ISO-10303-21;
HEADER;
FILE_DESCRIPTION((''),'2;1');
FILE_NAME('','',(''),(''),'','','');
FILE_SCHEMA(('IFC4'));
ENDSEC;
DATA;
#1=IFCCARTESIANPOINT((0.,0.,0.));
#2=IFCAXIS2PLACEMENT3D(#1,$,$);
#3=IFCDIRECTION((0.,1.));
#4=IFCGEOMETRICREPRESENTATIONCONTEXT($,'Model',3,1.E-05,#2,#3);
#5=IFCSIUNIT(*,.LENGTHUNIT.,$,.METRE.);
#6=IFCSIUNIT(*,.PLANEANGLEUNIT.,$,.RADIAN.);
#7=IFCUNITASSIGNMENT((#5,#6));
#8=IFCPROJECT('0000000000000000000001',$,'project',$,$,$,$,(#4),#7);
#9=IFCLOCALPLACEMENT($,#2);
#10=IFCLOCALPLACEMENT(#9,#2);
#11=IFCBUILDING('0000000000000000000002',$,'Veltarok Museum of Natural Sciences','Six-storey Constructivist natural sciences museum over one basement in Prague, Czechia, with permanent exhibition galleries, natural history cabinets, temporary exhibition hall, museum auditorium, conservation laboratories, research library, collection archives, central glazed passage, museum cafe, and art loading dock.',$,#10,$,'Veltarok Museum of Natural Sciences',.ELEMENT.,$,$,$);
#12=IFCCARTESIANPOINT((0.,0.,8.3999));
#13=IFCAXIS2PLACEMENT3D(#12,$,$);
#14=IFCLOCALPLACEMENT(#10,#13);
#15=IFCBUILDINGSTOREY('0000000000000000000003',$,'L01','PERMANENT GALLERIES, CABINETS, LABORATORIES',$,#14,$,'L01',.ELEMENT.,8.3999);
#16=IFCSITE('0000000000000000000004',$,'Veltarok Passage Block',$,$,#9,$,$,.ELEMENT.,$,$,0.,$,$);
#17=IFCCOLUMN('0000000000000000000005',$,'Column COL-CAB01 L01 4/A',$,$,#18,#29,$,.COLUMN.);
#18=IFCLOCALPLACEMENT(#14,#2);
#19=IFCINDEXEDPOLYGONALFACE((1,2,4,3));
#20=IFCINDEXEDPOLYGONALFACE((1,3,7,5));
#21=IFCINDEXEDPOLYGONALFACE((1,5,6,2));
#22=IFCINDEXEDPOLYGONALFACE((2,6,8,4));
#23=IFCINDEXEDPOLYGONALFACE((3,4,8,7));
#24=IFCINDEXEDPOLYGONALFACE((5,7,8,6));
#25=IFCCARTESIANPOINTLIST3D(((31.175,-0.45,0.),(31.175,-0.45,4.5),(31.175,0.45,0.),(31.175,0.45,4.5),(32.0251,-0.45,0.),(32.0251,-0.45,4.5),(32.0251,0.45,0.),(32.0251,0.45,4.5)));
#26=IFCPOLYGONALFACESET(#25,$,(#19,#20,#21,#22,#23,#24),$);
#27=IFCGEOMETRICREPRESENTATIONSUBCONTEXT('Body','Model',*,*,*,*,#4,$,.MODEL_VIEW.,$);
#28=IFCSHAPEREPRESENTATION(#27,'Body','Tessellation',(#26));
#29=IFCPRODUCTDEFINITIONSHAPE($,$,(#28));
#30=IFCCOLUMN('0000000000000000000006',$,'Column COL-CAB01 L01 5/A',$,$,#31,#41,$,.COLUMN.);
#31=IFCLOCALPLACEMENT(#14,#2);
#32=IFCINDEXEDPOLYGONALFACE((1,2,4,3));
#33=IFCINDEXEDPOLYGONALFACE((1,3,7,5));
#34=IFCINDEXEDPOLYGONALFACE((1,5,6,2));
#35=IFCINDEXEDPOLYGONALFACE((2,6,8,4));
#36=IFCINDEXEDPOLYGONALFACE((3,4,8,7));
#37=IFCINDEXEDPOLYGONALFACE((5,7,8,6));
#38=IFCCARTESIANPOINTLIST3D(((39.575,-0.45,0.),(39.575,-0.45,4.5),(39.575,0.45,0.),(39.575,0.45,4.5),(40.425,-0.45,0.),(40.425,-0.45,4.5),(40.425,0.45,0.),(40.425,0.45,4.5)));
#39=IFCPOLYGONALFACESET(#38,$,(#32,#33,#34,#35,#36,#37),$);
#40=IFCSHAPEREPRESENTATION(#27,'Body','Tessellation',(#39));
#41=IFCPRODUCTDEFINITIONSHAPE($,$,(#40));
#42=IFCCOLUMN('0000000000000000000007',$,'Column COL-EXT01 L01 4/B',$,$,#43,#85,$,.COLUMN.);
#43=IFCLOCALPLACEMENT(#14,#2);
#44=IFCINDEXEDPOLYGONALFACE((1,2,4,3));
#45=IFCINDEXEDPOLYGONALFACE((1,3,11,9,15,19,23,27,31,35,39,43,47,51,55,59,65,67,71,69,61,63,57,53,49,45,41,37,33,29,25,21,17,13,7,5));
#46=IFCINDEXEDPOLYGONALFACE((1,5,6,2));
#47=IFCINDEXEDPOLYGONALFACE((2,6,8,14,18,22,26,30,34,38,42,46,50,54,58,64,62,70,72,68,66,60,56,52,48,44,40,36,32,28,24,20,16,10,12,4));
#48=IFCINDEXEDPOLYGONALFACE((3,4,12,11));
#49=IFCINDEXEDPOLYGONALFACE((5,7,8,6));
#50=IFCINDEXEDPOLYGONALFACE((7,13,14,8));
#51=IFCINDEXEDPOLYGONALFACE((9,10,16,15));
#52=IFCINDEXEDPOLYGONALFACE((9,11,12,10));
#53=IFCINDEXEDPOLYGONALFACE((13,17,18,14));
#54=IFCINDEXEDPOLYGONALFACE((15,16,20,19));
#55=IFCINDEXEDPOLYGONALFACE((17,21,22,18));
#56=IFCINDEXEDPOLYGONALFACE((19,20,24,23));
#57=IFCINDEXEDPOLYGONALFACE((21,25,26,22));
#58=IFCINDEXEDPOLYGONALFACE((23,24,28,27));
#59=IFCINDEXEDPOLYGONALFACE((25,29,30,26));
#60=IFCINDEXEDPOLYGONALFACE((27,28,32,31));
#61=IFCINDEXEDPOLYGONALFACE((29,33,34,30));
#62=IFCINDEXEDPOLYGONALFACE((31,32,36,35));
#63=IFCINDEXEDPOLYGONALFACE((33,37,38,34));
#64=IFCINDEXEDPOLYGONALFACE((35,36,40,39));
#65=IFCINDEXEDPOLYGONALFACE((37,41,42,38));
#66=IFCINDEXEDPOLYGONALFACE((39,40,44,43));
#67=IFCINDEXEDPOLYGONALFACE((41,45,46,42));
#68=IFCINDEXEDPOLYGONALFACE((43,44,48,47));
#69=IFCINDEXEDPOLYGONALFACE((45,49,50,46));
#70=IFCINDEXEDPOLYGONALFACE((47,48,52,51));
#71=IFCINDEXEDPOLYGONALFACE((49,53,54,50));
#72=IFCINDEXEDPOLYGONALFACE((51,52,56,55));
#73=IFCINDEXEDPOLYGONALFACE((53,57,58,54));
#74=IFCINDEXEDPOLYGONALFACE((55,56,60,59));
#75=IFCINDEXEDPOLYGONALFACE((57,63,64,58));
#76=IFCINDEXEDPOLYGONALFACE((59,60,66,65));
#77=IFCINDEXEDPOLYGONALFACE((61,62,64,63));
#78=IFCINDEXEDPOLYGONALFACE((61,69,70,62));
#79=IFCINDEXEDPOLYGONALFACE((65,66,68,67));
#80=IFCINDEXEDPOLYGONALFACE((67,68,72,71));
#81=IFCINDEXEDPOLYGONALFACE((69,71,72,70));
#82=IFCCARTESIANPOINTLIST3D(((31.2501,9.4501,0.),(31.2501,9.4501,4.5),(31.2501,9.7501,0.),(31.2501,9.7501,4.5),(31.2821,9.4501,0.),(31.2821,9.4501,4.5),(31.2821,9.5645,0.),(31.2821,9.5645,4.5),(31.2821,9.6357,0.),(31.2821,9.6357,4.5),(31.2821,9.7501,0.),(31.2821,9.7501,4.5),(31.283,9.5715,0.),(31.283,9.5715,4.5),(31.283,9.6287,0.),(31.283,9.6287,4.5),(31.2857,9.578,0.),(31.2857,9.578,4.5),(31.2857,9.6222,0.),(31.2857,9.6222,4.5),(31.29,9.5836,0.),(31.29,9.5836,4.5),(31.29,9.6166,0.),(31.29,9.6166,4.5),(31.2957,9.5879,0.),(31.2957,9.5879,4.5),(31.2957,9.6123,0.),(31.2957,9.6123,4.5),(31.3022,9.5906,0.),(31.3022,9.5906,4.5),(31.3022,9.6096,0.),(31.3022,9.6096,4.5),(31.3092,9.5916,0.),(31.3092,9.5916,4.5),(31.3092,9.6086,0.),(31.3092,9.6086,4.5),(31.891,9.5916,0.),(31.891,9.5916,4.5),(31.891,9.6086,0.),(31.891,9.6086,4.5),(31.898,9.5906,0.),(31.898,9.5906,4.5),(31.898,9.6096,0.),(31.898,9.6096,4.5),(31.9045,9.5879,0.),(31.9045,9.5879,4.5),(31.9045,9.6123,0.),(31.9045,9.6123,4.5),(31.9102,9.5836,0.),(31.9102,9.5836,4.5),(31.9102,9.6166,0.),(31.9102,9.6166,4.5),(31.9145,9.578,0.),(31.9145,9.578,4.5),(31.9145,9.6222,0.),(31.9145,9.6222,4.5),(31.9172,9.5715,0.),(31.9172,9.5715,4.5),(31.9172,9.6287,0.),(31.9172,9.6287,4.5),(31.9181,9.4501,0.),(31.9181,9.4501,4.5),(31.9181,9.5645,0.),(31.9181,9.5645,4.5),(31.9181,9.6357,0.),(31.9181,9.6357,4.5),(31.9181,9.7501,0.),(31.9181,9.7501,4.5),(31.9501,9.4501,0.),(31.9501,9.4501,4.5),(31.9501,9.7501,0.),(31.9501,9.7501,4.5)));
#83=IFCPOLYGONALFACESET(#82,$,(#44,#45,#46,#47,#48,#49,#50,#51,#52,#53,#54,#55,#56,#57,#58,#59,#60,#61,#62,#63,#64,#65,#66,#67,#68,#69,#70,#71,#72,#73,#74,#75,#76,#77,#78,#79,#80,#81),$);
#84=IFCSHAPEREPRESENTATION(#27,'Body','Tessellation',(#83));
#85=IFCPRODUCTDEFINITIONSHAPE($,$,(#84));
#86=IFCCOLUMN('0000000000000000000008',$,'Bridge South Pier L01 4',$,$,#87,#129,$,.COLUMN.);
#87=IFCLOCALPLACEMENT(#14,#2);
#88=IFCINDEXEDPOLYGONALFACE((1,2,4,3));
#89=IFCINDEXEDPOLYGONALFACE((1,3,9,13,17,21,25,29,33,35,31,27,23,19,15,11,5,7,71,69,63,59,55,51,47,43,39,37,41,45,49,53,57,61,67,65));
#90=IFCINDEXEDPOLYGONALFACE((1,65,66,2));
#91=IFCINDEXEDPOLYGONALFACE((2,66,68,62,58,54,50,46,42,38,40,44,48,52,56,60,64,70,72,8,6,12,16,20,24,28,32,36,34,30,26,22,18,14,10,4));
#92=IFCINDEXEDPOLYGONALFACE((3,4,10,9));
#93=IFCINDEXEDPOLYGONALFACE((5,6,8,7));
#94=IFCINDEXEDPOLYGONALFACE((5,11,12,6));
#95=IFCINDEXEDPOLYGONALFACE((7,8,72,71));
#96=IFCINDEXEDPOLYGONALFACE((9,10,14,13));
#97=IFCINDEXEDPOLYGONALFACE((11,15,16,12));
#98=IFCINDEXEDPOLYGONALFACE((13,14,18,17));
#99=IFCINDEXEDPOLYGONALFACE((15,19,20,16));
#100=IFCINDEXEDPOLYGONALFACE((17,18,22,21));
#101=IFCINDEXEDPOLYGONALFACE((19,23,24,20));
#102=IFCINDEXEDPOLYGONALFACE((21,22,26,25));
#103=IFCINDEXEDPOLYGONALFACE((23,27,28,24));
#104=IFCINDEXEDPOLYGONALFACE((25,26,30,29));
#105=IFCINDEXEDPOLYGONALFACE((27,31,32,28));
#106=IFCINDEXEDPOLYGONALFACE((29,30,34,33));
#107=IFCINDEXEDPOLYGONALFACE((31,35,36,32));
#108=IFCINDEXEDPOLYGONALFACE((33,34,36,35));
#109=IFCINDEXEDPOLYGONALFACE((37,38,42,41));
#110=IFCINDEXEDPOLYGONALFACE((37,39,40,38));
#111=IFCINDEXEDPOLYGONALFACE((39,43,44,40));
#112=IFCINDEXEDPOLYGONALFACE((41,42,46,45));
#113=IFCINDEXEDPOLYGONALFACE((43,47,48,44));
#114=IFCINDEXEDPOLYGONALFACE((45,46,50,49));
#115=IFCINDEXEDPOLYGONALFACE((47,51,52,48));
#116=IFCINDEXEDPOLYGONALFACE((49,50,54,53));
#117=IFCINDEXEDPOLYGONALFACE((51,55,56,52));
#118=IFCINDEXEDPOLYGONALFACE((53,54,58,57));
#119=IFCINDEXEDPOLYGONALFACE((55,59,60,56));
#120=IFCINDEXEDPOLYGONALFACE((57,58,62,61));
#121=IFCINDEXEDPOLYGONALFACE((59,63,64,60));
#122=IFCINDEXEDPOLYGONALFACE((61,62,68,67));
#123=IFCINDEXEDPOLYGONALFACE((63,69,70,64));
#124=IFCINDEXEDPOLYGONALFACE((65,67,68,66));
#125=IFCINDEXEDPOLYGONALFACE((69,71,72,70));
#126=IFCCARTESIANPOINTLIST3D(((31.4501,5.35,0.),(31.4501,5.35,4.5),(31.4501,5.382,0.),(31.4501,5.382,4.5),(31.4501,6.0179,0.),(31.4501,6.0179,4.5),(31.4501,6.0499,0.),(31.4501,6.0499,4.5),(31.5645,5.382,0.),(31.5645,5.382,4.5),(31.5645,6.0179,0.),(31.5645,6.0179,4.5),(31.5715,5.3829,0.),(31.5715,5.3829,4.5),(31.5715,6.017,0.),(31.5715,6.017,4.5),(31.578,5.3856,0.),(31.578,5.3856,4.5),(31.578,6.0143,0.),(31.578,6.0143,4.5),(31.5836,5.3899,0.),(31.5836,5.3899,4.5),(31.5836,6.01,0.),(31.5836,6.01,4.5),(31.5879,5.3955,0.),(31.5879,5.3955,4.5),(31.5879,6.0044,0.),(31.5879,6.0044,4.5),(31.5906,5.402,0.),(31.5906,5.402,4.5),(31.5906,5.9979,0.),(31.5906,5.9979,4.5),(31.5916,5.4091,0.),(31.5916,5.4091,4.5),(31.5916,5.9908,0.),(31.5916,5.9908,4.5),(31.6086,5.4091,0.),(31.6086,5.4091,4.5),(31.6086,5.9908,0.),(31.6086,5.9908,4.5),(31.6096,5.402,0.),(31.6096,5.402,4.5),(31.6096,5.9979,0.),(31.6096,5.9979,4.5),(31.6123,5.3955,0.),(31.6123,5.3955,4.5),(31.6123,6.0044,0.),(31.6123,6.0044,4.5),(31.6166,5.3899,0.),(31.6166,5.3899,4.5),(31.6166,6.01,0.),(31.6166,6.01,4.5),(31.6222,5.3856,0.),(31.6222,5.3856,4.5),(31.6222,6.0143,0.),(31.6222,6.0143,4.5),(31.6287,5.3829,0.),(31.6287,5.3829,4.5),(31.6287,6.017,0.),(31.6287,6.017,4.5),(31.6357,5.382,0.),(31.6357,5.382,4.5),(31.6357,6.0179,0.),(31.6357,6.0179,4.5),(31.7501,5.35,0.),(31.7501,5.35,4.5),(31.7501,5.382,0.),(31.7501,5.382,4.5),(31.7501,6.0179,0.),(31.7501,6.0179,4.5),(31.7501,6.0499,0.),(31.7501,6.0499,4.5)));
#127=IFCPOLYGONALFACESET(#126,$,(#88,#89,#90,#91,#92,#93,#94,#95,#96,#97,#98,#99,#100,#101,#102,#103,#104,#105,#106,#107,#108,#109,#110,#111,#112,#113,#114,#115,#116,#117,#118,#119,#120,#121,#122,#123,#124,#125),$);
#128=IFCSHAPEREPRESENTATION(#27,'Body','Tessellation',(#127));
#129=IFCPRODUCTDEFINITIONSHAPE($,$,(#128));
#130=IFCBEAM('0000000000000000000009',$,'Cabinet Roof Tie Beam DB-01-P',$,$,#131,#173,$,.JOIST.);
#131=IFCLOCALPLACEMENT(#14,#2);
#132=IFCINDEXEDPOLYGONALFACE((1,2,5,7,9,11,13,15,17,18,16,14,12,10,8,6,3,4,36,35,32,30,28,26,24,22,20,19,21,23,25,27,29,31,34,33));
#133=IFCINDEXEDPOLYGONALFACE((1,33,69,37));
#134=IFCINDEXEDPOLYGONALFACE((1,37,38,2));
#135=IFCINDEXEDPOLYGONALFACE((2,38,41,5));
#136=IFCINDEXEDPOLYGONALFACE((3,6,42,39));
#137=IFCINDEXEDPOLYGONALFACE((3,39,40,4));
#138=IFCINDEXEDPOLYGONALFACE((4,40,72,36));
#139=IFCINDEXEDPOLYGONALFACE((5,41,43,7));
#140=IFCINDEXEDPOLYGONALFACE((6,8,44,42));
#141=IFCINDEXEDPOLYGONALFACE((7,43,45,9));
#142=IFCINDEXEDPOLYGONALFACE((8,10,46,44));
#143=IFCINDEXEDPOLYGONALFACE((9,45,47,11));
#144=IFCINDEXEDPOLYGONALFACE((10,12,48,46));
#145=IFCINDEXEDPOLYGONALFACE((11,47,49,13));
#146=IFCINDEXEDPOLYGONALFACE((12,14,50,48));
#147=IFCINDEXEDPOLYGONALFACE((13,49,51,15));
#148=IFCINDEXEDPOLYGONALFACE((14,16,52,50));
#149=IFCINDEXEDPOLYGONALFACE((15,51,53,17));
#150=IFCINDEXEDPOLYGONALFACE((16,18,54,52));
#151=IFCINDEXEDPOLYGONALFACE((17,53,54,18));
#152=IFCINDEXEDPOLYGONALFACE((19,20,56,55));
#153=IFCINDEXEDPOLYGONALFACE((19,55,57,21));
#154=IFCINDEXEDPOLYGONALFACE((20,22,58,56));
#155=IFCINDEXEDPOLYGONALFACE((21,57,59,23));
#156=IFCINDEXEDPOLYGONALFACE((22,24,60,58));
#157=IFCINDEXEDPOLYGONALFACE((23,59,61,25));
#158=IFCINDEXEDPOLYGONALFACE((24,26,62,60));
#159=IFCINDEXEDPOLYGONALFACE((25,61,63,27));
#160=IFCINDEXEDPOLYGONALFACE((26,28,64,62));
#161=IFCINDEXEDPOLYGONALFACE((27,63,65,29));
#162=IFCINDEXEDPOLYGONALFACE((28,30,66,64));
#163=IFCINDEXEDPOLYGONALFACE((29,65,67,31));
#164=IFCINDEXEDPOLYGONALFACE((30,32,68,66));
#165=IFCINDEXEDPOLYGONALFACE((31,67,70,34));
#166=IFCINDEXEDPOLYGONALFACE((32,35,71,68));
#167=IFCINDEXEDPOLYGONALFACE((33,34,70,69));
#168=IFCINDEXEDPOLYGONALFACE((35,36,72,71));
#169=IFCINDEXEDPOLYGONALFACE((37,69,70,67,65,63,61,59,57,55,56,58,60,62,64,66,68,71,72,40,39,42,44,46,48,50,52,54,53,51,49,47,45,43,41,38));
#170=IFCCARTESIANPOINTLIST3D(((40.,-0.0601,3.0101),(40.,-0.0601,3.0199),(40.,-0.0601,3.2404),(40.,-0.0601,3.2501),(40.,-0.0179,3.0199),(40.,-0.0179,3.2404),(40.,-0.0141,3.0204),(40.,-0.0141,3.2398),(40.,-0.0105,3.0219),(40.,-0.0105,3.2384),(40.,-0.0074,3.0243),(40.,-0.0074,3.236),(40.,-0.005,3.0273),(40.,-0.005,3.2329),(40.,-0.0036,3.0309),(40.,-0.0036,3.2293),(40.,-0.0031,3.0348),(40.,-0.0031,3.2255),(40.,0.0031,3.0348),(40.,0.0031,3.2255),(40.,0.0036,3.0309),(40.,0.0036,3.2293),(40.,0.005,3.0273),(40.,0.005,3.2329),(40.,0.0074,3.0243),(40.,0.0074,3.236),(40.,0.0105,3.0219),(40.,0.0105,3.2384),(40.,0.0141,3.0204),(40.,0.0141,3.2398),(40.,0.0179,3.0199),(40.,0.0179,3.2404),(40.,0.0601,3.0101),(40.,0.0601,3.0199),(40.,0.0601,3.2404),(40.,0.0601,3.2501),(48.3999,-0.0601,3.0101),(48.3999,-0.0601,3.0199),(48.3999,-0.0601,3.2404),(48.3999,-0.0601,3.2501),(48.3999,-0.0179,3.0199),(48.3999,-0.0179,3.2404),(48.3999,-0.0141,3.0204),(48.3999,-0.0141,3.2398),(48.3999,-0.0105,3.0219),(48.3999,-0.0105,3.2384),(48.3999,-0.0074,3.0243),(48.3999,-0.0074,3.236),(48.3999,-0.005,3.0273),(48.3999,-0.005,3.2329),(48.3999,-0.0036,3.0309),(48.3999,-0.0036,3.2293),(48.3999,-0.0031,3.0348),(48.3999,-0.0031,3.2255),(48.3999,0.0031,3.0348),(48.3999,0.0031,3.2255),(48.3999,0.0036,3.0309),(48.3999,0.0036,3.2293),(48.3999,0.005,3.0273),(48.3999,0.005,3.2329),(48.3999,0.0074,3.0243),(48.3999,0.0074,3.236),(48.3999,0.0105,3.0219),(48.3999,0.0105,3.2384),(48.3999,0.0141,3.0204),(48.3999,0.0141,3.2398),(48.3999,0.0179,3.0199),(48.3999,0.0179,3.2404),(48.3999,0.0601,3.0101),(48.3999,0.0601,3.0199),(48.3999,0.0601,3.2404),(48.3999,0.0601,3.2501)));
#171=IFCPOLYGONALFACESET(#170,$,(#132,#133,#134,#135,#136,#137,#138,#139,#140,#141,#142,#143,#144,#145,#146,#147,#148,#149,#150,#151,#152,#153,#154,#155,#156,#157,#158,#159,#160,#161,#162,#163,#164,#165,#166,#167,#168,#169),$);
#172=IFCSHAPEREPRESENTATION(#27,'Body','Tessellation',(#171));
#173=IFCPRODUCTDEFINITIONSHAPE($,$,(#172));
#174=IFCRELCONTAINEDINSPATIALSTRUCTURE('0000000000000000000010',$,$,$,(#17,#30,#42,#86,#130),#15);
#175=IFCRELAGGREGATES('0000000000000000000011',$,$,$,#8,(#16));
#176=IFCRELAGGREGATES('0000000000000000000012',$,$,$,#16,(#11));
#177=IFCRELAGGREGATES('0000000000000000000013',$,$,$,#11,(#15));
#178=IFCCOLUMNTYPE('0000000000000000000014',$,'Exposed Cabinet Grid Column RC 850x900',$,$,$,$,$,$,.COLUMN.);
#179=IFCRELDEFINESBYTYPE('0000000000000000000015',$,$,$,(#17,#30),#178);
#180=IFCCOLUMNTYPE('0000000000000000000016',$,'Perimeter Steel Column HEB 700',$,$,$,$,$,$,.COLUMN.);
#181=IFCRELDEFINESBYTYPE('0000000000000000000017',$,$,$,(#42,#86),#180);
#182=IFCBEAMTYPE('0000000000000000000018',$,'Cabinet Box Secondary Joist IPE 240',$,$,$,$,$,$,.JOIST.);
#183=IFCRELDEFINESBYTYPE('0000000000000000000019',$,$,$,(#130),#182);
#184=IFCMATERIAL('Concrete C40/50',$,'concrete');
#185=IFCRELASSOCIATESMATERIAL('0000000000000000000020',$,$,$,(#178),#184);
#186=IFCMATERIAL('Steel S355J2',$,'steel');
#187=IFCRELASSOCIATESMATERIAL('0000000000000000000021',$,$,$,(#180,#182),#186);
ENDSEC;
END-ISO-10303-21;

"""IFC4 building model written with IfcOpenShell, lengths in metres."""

from ifc_helpers import new_model, si_unit, direction, frame, origin, origin_2d, place, context, subcontext, project, spatial, rectangle, i_section, extrude, material, material_profile, profile_set, type_object, element, save


model = new_model("IFC4")

# Units and contexts
model_context = context("Model", 3, precision=1e-05, world=origin(), true_north=direction((0.0, 1.0)))
body_context = subcontext(model_context, "Body", "Model", "MODEL_VIEW")
ifc_project = project(units=[si_unit("LENGTHUNIT", "METRE"), si_unit("PLANEANGLEUNIT", "RADIAN")], contexts=[model_context])

# Site, building, storey
site_placement = place(None, origin())
site = spatial("IfcSite", under=ifc_project, at=site_placement, Name="Veltarok Passage Block", CompositionType="ELEMENT", RefElevation=0.0)
building_placement = place(site_placement, origin())
building = spatial("IfcBuilding", under=site, at=building_placement, Name="Veltarok Museum of Natural Sciences", Description="Six-storey Constructivist natural sciences museum over one basement in Prague, Czechia, with permanent exhibition galleries, natural history cabinets, temporary exhibition hall, museum auditorium, conservation laboratories, research library, collection archives, central glazed passage, museum cafe, and art loading dock.", LongName="Veltarok Museum of Natural Sciences", CompositionType="ELEMENT")
storey_placement = place(building_placement, frame((0.0, 0.0, 8.3999)))
storey = spatial("IfcBuildingStorey", under=building, at=storey_placement, Name="L01", Description="PERMANENT GALLERIES, CABINETS, LABORATORIES", LongName="L01", CompositionType="ELEMENT", Elevation=8.3999)

# Columns
ifc_material_1 = material(Name="Concrete C40/50", Category="concrete")
ifc_material_profile_1 = material_profile(ifc_material_1, rectangle(XDim=0.8501, YDim=0.8999, at=origin_2d()), Name="RC 850x900")
ifc_profile_set_1 = profile_set([ifc_material_profile_1], Name="Concrete C40/50")
column_type_1 = type_object("IfcColumnType", Name="Exposed Cabinet Grid Column RC 850x900", PredefinedType="COLUMN", material=ifc_profile_set_1)
for number, where, z_axis, x_axis, name in (
    (1, (31.6001, 0.0, 0.0), (0.0, 0.0, 1.0), (1.0, 0.0, 0.0), "Column COL-CAB01 L01 4/A"),
    (2, (40.0, 0.0, 0.0), (0.0, 0.0, 1.0), (1.0, 0.0, 0.0), "Column COL-CAB01 L01 5/A"),
):
    element("IfcColumn", number, at=place(storey_placement, frame(where, z_axis=z_axis, x_axis=x_axis)), inside=storey, type_object=column_type_1, Name=name, PredefinedType="COLUMN", context=body_context, shape_type="SweptSolid", body=[
        extrude(rectangle(XDim=0.8501, YDim=0.8999, at=origin_2d()), origin(), (0.0, 0.0, 1.0), 4.5),
    ])
ifc_material_2 = material(Name="Steel S355J2", Category="steel")
ifc_material_profile_2 = material_profile(ifc_material_2, i_section(OverallWidth=0.3, OverallDepth=0.7, WebThickness=0.0171, FlangeThickness=0.032, FilletRadius=0.0271, at=origin_2d()), Name="HEB 700")
ifc_profile_set_2 = profile_set([ifc_material_profile_2], Name="Steel S355J2")
column_type_2 = type_object("IfcColumnType", Name="Perimeter Steel Column HEB 700", PredefinedType="COLUMN", material=ifc_profile_set_2)
for number, where, z_axis, x_axis, name in (
    (3, (31.6001, 9.6001, 0.0), (0.0, 0.0, 1.0), (0.0, 1.0, 0.0), "Column COL-EXT01 L01 4/B"),
    (4, (31.6001, 5.7, 0.0), (0.0, 0.0, 1.0), (1.0, 0.0, 0.0), "Bridge South Pier L01 4"),
):
    element("IfcColumn", number, at=place(storey_placement, frame(where, z_axis=z_axis, x_axis=x_axis)), inside=storey, type_object=column_type_2, Name=name, PredefinedType="COLUMN", context=body_context, shape_type="SweptSolid", body=[
        extrude(i_section(OverallWidth=0.3, OverallDepth=0.7, WebThickness=0.0171, FlangeThickness=0.032, FilletRadius=0.0271, at=origin_2d()), origin(), (0.0, 0.0, 1.0), 4.5),
    ])

# Beam
ifc_material_profile_3 = material_profile(ifc_material_2, i_section(OverallWidth=0.1201, OverallDepth=0.24, WebThickness=0.0061, FlangeThickness=0.0098, FilletRadius=0.0149, at=origin_2d()), Name="IPE 240")
ifc_profile_set_3 = profile_set([ifc_material_profile_3], Name="Steel S355J2")
beam_type_1 = type_object("IfcBeamType", Name="Cabinet Box Secondary Joist IPE 240", PredefinedType="JOIST", material=ifc_profile_set_3)
beam_1_placement = place(storey_placement, frame((40.0, 0.0, 3.1301), z_axis=(1.0, 0.0, 0.0), x_axis=(0.0, 1.0, 0.0)))
element("IfcBeam", 5, at=beam_1_placement, inside=storey, type_object=beam_type_1, Name="Cabinet Roof Tie Beam DB-01-P", PredefinedType="JOIST", context=body_context, shape_type="SweptSolid", body=[
    extrude(i_section(OverallWidth=0.1201, OverallDepth=0.24, WebThickness=0.0061, FlangeThickness=0.0098, FilletRadius=0.0149, at=origin_2d()), origin(), (0.0, 0.0, 1.0), 8.3999),
])

save(model, "model.ifc")
